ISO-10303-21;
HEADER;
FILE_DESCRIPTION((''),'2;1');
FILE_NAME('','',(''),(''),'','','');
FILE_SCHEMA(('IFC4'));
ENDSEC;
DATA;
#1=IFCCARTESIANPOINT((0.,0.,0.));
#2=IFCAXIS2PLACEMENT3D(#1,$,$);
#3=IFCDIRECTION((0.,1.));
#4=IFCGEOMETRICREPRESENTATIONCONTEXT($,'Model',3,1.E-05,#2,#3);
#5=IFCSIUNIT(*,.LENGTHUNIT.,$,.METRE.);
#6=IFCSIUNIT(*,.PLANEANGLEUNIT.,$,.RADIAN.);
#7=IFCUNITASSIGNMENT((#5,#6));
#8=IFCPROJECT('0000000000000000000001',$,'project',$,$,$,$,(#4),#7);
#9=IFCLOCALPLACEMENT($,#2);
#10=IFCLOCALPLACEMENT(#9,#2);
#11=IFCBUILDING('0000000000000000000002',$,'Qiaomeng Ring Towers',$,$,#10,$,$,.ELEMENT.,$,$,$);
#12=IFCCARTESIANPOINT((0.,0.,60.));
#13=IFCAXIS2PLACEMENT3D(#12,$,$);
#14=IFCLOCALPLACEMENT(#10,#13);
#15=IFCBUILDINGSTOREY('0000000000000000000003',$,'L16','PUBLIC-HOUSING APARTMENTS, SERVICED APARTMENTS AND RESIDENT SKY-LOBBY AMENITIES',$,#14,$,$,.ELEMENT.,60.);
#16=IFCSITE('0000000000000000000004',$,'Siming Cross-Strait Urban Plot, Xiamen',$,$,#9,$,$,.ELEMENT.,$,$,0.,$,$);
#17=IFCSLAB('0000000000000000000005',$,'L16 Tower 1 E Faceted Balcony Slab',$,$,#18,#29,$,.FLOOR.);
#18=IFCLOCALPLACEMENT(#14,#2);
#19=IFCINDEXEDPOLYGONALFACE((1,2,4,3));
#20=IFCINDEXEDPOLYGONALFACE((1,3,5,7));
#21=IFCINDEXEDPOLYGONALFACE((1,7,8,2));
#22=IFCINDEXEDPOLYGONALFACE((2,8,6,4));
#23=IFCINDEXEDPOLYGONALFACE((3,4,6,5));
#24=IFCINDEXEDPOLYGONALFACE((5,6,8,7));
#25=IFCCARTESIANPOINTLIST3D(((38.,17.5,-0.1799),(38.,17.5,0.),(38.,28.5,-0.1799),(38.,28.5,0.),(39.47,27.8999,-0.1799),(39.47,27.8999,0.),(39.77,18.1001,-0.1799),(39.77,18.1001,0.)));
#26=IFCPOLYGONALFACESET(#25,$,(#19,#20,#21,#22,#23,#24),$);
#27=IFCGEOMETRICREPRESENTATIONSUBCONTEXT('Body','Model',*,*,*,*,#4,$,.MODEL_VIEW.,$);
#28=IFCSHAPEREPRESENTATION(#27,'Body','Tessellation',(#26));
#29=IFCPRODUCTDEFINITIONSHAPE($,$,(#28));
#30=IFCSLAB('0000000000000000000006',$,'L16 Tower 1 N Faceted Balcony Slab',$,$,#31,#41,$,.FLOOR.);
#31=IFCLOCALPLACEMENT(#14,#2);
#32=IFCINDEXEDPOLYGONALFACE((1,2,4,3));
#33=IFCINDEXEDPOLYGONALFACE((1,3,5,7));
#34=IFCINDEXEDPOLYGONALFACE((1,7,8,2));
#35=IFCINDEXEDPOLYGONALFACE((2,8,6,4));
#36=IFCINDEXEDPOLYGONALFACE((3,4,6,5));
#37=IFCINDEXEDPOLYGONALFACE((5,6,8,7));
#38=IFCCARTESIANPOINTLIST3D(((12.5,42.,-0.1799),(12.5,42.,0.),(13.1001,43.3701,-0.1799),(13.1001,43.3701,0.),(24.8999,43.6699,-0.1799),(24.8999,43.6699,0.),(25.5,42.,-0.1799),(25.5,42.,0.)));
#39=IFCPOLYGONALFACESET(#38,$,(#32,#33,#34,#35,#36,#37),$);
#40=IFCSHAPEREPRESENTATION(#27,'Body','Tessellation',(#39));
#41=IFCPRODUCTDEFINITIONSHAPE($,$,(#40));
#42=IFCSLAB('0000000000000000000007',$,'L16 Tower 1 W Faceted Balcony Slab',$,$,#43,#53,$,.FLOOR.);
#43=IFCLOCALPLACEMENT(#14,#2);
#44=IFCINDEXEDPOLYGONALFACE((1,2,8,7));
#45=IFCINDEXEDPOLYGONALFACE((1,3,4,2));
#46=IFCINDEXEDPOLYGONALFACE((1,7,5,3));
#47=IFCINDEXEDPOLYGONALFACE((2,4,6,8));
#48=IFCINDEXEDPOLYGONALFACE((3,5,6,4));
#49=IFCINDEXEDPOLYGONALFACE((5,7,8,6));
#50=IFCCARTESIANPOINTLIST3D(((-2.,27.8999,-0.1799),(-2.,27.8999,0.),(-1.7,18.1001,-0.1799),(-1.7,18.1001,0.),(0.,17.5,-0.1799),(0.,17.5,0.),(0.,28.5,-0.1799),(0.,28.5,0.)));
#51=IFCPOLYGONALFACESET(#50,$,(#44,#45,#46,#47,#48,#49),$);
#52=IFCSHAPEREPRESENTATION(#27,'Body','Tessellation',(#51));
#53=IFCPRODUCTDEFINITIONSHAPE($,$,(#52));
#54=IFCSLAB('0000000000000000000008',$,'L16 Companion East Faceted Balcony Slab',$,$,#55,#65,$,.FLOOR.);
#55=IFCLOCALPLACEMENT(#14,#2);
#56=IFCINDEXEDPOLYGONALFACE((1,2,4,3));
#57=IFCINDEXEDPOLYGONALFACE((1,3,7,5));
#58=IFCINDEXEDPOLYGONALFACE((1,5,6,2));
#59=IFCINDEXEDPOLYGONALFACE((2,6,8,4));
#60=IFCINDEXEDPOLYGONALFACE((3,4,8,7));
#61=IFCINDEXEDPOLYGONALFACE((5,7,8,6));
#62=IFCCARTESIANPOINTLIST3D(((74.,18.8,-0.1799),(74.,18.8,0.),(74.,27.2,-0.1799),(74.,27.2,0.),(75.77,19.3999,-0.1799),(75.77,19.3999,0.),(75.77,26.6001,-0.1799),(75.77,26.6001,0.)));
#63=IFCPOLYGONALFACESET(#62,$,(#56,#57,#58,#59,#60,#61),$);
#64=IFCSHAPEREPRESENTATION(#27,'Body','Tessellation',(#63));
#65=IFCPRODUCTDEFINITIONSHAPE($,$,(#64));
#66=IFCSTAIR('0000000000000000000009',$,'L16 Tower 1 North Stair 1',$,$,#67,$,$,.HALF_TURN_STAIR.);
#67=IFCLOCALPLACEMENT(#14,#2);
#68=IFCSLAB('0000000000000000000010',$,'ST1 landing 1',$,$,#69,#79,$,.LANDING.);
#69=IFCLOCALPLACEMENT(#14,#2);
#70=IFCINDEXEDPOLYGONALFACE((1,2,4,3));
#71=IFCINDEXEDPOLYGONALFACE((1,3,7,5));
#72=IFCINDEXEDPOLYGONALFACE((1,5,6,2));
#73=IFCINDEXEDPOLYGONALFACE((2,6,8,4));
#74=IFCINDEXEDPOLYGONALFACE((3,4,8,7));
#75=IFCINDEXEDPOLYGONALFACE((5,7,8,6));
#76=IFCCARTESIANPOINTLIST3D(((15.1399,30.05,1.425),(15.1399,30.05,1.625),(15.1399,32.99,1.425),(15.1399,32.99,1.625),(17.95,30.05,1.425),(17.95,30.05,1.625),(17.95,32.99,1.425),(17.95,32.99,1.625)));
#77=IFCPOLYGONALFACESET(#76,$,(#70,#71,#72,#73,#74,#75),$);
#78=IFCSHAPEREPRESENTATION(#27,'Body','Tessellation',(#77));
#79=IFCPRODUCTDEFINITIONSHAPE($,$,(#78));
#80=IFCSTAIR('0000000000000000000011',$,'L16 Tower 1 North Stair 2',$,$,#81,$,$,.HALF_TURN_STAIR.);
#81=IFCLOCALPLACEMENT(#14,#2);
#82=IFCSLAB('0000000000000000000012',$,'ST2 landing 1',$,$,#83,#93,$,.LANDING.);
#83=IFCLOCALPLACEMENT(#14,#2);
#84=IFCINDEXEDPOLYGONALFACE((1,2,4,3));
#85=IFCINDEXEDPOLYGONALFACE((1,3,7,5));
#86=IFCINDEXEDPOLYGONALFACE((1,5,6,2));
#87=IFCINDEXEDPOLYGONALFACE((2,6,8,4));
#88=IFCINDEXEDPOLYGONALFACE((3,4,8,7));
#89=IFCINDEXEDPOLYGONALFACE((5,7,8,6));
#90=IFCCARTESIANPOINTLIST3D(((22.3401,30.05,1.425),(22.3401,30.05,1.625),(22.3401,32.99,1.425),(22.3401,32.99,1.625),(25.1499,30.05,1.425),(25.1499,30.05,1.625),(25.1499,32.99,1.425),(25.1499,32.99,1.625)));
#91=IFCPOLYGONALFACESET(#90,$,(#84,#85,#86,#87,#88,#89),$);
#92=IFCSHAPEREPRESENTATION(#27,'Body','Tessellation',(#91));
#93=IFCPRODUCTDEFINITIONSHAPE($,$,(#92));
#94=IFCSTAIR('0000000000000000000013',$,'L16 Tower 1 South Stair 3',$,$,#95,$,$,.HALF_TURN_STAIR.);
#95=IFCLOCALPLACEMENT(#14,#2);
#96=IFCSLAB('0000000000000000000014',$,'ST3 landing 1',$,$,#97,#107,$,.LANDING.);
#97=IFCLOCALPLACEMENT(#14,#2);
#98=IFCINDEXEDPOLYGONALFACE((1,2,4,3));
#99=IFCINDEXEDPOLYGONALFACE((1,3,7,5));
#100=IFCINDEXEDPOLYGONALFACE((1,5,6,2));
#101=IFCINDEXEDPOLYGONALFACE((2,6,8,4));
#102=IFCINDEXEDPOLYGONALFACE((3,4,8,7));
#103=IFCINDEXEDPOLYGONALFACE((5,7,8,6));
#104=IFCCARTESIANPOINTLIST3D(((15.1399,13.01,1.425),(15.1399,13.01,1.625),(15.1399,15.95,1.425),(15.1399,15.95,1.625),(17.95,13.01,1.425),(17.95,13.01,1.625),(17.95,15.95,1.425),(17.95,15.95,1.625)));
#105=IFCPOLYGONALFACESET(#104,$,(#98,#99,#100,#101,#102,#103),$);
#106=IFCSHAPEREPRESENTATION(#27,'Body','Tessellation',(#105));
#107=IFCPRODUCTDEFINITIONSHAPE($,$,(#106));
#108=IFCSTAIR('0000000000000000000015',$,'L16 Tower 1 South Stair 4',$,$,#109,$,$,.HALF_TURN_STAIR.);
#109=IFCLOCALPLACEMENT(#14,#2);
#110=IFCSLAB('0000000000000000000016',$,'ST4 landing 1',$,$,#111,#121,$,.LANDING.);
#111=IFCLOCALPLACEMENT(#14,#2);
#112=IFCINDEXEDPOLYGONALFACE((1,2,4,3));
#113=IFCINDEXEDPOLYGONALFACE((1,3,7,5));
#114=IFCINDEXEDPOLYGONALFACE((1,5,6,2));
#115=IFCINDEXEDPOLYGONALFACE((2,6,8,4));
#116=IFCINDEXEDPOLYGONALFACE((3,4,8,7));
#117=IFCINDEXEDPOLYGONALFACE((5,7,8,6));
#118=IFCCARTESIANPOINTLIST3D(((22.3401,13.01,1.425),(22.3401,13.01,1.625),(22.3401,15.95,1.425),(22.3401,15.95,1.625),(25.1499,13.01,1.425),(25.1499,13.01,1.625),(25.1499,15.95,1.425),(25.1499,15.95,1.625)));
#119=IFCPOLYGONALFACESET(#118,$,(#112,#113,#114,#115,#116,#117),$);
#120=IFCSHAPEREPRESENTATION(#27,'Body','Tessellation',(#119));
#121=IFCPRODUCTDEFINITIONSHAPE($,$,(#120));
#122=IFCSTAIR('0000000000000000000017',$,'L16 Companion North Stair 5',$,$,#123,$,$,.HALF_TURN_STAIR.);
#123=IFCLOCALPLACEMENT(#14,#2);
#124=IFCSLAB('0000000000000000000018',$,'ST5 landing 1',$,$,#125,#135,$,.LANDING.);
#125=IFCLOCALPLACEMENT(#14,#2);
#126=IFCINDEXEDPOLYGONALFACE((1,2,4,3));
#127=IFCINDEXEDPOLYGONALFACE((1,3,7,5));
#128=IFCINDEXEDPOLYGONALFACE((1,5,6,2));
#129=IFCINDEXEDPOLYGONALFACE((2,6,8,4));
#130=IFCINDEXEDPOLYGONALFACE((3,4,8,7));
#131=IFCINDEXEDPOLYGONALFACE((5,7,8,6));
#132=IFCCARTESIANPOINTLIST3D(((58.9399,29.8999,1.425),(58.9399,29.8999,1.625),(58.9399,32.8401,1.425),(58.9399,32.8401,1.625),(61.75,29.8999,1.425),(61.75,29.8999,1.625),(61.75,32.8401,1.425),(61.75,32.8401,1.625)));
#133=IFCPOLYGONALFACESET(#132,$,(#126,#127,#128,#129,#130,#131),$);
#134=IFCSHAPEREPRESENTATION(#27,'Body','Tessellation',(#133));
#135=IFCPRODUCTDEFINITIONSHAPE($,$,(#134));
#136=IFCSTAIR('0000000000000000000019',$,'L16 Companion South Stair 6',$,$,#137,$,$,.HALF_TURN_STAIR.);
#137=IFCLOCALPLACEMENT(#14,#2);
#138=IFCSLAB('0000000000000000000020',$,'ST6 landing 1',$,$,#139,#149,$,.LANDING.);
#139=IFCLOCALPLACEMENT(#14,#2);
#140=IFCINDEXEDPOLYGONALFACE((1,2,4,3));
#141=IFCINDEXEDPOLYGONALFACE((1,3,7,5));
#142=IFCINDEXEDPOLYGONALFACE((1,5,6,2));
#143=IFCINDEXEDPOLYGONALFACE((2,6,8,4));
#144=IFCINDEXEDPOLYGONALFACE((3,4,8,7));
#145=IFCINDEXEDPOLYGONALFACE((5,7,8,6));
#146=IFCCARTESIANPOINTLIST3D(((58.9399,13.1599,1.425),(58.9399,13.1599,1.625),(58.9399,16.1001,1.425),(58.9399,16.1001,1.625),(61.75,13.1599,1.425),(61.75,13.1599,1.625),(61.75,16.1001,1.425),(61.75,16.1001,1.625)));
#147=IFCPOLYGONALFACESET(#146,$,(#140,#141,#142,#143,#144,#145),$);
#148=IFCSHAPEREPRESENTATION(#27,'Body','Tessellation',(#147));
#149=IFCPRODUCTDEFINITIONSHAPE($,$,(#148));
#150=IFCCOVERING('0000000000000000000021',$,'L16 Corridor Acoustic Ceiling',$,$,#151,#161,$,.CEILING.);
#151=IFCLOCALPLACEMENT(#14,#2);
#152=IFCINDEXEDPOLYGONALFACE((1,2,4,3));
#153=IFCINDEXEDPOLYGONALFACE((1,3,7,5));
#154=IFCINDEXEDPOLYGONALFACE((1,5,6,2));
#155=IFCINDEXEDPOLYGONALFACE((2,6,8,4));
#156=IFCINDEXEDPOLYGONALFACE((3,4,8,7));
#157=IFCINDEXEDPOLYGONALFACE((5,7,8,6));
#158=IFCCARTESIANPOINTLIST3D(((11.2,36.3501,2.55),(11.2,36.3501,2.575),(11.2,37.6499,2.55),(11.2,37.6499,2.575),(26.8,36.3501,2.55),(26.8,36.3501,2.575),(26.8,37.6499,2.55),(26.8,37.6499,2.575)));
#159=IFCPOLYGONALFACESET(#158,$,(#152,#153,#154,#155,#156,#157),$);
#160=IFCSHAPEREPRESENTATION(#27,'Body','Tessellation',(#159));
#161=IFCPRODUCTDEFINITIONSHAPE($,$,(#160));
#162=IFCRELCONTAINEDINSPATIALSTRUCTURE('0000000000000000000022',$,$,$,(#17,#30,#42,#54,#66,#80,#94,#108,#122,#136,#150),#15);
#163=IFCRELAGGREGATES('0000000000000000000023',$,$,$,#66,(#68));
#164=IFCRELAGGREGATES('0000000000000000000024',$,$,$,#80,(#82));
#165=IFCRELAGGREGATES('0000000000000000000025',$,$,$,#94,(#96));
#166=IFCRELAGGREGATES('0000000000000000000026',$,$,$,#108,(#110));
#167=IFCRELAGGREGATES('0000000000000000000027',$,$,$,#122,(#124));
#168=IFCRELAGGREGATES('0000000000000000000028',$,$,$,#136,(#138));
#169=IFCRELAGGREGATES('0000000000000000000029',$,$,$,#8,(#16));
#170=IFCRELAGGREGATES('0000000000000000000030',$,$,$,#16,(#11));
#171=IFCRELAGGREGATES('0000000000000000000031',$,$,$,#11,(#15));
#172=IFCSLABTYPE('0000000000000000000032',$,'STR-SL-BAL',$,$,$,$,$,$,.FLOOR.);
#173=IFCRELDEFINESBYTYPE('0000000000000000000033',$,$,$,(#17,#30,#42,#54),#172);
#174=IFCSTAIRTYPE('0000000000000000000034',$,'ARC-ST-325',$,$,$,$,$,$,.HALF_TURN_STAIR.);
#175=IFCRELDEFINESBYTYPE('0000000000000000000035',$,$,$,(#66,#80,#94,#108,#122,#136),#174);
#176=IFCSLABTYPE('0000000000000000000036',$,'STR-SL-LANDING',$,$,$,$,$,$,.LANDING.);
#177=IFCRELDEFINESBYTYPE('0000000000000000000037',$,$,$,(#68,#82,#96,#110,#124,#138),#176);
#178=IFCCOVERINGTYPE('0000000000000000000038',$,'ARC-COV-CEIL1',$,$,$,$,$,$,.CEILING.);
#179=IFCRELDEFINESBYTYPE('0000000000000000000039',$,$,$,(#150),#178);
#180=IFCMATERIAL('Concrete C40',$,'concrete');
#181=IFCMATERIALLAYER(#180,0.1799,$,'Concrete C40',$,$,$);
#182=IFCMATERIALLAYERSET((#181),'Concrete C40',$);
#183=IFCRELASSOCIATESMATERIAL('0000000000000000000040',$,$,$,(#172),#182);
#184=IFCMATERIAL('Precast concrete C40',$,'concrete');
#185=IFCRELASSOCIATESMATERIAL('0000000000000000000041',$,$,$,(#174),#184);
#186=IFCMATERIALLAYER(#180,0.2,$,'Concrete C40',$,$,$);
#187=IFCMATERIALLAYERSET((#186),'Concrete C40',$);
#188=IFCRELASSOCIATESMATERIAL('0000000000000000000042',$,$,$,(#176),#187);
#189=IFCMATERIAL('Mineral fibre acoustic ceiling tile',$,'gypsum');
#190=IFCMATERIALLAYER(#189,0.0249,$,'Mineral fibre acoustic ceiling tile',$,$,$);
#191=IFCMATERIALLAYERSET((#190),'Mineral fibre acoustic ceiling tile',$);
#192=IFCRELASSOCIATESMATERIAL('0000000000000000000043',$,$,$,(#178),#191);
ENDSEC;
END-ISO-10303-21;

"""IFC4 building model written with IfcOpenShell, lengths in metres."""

from ifc_helpers import new_model, si_unit, direction, frame, origin, place, context, subcontext, project, spatial, polyline, outline, extrude, material, layer, layer_set, type_object, element, aggregate, save


model = new_model("IFC4")

# Units and contexts
model_context = context("Model", 3, precision=1e-05, world=origin(), true_north=direction((0.0, 1.0)))
body_context = subcontext(model_context, "Body", "Model", "MODEL_VIEW")
ifc_project = project(units=[si_unit("LENGTHUNIT", "METRE"), si_unit("PLANEANGLEUNIT", "RADIAN")], contexts=[model_context])

# Site, building, storey
site_placement = place(None, origin())
site = spatial("IfcSite", under=ifc_project, at=site_placement, Name="Siming Cross-Strait Urban Plot, Xiamen", CompositionType="ELEMENT", RefElevation=0.0)
building_placement = place(site_placement, origin())
building = spatial("IfcBuilding", under=site, at=building_placement, Name="Qiaomeng Ring Towers", CompositionType="ELEMENT")
storey_placement = place(building_placement, frame((0.0, 0.0, 60.0)))
storey = spatial("IfcBuildingStorey", under=building, at=storey_placement, Name="L16", Description="PUBLIC-HOUSING APARTMENTS, SERVICED APARTMENTS AND RESIDENT SKY-LOBBY AMENITIES", CompositionType="ELEMENT", Elevation=60.0)

# Slabs
ifc_material_1 = material(Name="Concrete C40", Category="concrete")
ifc_layer_1 = layer(ifc_material_1, 0.1799, Name="Concrete C40")
ifc_layer_set_1 = layer_set([ifc_layer_1], Name="Concrete C40")
slab_type_1 = type_object("IfcSlabType", Name="STR-SL-BAL", PredefinedType="FLOOR", material=ifc_layer_set_1)
slab_1_placement = place(storey_placement, frame((0.0, 0.0, -0.1799)))
element("IfcSlab", 1, at=slab_1_placement, inside=storey, type_object=slab_type_1, Name="L16 Tower 1 E Faceted Balcony Slab", PredefinedType="FLOOR", context=body_context, shape_type="SweptSolid", body=[
    extrude(outline(polyline([(39.47, 27.8999), (39.77, 18.1001), (38.0, 17.5), (38.0, 28.5), (39.47, 27.8999)])), origin(), (0.0, 0.0, 1.0), 0.1799),
])
slab_2_placement = place(storey_placement, frame((0.0, 0.0, -0.1799)))
element("IfcSlab", 2, at=slab_2_placement, inside=storey, type_object=slab_type_1, Name="L16 Tower 1 N Faceted Balcony Slab", PredefinedType="FLOOR", context=body_context, shape_type="SweptSolid", body=[
    extrude(outline(polyline([(12.5, 42.0), (13.1001, 43.3701), (24.8999, 43.6699), (25.5, 42.0), (12.5, 42.0)])), origin(), (0.0, 0.0, 1.0), 0.1799),
])
slab_3_placement = place(storey_placement, frame((0.0, 0.0, -0.1799)))
element("IfcSlab", 3, at=slab_3_placement, inside=storey, type_object=slab_type_1, Name="L16 Tower 1 W Faceted Balcony Slab", PredefinedType="FLOOR", context=body_context, shape_type="SweptSolid", body=[
    extrude(outline(polyline([(0.0, 17.5), (-1.7, 18.1001), (-2.0, 27.8999), (0.0, 28.5), (0.0, 17.5)])), origin(), (0.0, 0.0, 1.0), 0.1799),
])
slab_4_placement = place(storey_placement, frame((0.0, 0.0, -0.1799)))
element("IfcSlab", 4, at=slab_4_placement, inside=storey, type_object=slab_type_1, Name="L16 Companion East Faceted Balcony Slab", PredefinedType="FLOOR", context=body_context, shape_type="SweptSolid", body=[
    extrude(outline(polyline([(75.77, 26.6001), (75.77, 19.3999), (74.0, 18.8), (74.0, 27.2), (75.77, 26.6001)])), origin(), (0.0, 0.0, 1.0), 0.1799),
])

# Stairs, slabs
ifc_material_2 = material(Name="Precast concrete C40", Category="concrete")
stair_type = type_object("IfcStairType", Name="ARC-ST-325", PredefinedType="HALF_TURN_STAIR", material=ifc_material_2)
stair_1_placement = place(storey_placement, origin())
stair_1 = element("IfcStair", 5, at=stair_1_placement, inside=storey, type_object=stair_type, Name="L16 Tower 1 North Stair 1", PredefinedType="HALF_TURN_STAIR")
ifc_layer_2 = layer(ifc_material_1, 0.2, Name="Concrete C40")
ifc_layer_set_2 = layer_set([ifc_layer_2], Name="Concrete C40")
slab_type_2 = type_object("IfcSlabType", Name="STR-SL-LANDING", PredefinedType="LANDING", material=ifc_layer_set_2)
slab_5_placement = place(storey_placement, frame((0.0, 0.0, 1.425)))
slab_5 = element("IfcSlab", 6, at=slab_5_placement, type_object=slab_type_2, Name="ST1 landing 1", PredefinedType="LANDING", context=body_context, shape_type="SweptSolid", body=[
    extrude(outline(polyline([(15.1399, 30.05), (17.95, 30.05), (17.95, 32.99), (15.1399, 32.99), (15.1399, 30.05)])), origin(), (0.0, 0.0, 1.0), 0.2),
])
aggregate(stair_1, [slab_5])
stair_2_placement = place(storey_placement, origin())
stair_2 = element("IfcStair", 7, at=stair_2_placement, inside=storey, type_object=stair_type, Name="L16 Tower 1 North Stair 2", PredefinedType="HALF_TURN_STAIR")
slab_6_placement = place(storey_placement, frame((0.0, 0.0, 1.425)))
slab_6 = element("IfcSlab", 8, at=slab_6_placement, type_object=slab_type_2, Name="ST2 landing 1", PredefinedType="LANDING", context=body_context, shape_type="SweptSolid", body=[
    extrude(outline(polyline([(22.3401, 30.05), (25.1499, 30.05), (25.1499, 32.99), (22.3401, 32.99), (22.3401, 30.05)])), origin(), (0.0, 0.0, 1.0), 0.2),
])
aggregate(stair_2, [slab_6])
stair_3_placement = place(storey_placement, origin())
stair_3 = element("IfcStair", 9, at=stair_3_placement, inside=storey, type_object=stair_type, Name="L16 Tower 1 South Stair 3", PredefinedType="HALF_TURN_STAIR")
slab_7_placement = place(storey_placement, frame((0.0, 0.0, 1.425)))
slab_7 = element("IfcSlab", 10, at=slab_7_placement, type_object=slab_type_2, Name="ST3 landing 1", PredefinedType="LANDING", context=body_context, shape_type="SweptSolid", body=[
    extrude(outline(polyline([(15.1399, 13.01), (17.95, 13.01), (17.95, 15.95), (15.1399, 15.95), (15.1399, 13.01)])), origin(), (0.0, 0.0, 1.0), 0.2),
])
aggregate(stair_3, [slab_7])
stair_4_placement = place(storey_placement, origin())
stair_4 = element("IfcStair", 11, at=stair_4_placement, inside=storey, type_object=stair_type, Name="L16 Tower 1 South Stair 4", PredefinedType="HALF_TURN_STAIR")
slab_8_placement = place(storey_placement, frame((0.0, 0.0, 1.425)))
slab_8 = element("IfcSlab", 12, at=slab_8_placement, type_object=slab_type_2, Name="ST4 landing 1", PredefinedType="LANDING", context=body_context, shape_type="SweptSolid", body=[
    extrude(outline(polyline([(22.3401, 13.01), (25.1499, 13.01), (25.1499, 15.95), (22.3401, 15.95), (22.3401, 13.01)])), origin(), (0.0, 0.0, 1.0), 0.2),
])
aggregate(stair_4, [slab_8])
stair_5_placement = place(storey_placement, origin())
stair_5 = element("IfcStair", 13, at=stair_5_placement, inside=storey, type_object=stair_type, Name="L16 Companion North Stair 5", PredefinedType="HALF_TURN_STAIR")
slab_9_placement = place(storey_placement, frame((0.0, 0.0, 1.425)))
slab_9 = element("IfcSlab", 14, at=slab_9_placement, type_object=slab_type_2, Name="ST5 landing 1", PredefinedType="LANDING", context=body_context, shape_type="SweptSolid", body=[
    extrude(outline(polyline([(58.9399, 29.8999), (61.75, 29.8999), (61.75, 32.8401), (58.9399, 32.8401), (58.9399, 29.8999)])), origin(), (0.0, 0.0, 1.0), 0.2),
])
aggregate(stair_5, [slab_9])
stair_6_placement = place(storey_placement, origin())
stair_6 = element("IfcStair", 15, at=stair_6_placement, inside=storey, type_object=stair_type, Name="L16 Companion South Stair 6", PredefinedType="HALF_TURN_STAIR")
slab_10_placement = place(storey_placement, frame((0.0, 0.0, 1.425)))
slab_10 = element("IfcSlab", 16, at=slab_10_placement, type_object=slab_type_2, Name="ST6 landing 1", PredefinedType="LANDING", context=body_context, shape_type="SweptSolid", body=[
    extrude(outline(polyline([(58.9399, 13.1599), (61.75, 13.1599), (61.75, 16.1001), (58.9399, 16.1001), (58.9399, 13.1599)])), origin(), (0.0, 0.0, 1.0), 0.2),
])
aggregate(stair_6, [slab_10])

# Covering
ifc_material_3 = material(Name="Mineral fibre acoustic ceiling tile", Category="gypsum")
ifc_layer_3 = layer(ifc_material_3, 0.0249, Name="Mineral fibre acoustic ceiling tile")
ifc_layer_set_3 = layer_set([ifc_layer_3], Name="Mineral fibre acoustic ceiling tile")
covering_type = type_object("IfcCoveringType", Name="ARC-COV-CEIL1", PredefinedType="CEILING", material=ifc_layer_set_3)
covering_placement = place(storey_placement, frame((0.0, 0.0, 2.55)))
element("IfcCovering", 17, at=covering_placement, inside=storey, type_object=covering_type, Name="L16 Corridor Acoustic Ceiling", PredefinedType="CEILING", context=body_context, shape_type="SweptSolid", body=[
    extrude(outline(polyline([(11.2, 36.3501), (11.2, 37.6499), (26.8, 37.6499), (26.8, 36.3501), (11.2, 36.3501)])), origin(), (0.0, 0.0, 1.0), 0.0249),
])

save(model, "model.ifc")
